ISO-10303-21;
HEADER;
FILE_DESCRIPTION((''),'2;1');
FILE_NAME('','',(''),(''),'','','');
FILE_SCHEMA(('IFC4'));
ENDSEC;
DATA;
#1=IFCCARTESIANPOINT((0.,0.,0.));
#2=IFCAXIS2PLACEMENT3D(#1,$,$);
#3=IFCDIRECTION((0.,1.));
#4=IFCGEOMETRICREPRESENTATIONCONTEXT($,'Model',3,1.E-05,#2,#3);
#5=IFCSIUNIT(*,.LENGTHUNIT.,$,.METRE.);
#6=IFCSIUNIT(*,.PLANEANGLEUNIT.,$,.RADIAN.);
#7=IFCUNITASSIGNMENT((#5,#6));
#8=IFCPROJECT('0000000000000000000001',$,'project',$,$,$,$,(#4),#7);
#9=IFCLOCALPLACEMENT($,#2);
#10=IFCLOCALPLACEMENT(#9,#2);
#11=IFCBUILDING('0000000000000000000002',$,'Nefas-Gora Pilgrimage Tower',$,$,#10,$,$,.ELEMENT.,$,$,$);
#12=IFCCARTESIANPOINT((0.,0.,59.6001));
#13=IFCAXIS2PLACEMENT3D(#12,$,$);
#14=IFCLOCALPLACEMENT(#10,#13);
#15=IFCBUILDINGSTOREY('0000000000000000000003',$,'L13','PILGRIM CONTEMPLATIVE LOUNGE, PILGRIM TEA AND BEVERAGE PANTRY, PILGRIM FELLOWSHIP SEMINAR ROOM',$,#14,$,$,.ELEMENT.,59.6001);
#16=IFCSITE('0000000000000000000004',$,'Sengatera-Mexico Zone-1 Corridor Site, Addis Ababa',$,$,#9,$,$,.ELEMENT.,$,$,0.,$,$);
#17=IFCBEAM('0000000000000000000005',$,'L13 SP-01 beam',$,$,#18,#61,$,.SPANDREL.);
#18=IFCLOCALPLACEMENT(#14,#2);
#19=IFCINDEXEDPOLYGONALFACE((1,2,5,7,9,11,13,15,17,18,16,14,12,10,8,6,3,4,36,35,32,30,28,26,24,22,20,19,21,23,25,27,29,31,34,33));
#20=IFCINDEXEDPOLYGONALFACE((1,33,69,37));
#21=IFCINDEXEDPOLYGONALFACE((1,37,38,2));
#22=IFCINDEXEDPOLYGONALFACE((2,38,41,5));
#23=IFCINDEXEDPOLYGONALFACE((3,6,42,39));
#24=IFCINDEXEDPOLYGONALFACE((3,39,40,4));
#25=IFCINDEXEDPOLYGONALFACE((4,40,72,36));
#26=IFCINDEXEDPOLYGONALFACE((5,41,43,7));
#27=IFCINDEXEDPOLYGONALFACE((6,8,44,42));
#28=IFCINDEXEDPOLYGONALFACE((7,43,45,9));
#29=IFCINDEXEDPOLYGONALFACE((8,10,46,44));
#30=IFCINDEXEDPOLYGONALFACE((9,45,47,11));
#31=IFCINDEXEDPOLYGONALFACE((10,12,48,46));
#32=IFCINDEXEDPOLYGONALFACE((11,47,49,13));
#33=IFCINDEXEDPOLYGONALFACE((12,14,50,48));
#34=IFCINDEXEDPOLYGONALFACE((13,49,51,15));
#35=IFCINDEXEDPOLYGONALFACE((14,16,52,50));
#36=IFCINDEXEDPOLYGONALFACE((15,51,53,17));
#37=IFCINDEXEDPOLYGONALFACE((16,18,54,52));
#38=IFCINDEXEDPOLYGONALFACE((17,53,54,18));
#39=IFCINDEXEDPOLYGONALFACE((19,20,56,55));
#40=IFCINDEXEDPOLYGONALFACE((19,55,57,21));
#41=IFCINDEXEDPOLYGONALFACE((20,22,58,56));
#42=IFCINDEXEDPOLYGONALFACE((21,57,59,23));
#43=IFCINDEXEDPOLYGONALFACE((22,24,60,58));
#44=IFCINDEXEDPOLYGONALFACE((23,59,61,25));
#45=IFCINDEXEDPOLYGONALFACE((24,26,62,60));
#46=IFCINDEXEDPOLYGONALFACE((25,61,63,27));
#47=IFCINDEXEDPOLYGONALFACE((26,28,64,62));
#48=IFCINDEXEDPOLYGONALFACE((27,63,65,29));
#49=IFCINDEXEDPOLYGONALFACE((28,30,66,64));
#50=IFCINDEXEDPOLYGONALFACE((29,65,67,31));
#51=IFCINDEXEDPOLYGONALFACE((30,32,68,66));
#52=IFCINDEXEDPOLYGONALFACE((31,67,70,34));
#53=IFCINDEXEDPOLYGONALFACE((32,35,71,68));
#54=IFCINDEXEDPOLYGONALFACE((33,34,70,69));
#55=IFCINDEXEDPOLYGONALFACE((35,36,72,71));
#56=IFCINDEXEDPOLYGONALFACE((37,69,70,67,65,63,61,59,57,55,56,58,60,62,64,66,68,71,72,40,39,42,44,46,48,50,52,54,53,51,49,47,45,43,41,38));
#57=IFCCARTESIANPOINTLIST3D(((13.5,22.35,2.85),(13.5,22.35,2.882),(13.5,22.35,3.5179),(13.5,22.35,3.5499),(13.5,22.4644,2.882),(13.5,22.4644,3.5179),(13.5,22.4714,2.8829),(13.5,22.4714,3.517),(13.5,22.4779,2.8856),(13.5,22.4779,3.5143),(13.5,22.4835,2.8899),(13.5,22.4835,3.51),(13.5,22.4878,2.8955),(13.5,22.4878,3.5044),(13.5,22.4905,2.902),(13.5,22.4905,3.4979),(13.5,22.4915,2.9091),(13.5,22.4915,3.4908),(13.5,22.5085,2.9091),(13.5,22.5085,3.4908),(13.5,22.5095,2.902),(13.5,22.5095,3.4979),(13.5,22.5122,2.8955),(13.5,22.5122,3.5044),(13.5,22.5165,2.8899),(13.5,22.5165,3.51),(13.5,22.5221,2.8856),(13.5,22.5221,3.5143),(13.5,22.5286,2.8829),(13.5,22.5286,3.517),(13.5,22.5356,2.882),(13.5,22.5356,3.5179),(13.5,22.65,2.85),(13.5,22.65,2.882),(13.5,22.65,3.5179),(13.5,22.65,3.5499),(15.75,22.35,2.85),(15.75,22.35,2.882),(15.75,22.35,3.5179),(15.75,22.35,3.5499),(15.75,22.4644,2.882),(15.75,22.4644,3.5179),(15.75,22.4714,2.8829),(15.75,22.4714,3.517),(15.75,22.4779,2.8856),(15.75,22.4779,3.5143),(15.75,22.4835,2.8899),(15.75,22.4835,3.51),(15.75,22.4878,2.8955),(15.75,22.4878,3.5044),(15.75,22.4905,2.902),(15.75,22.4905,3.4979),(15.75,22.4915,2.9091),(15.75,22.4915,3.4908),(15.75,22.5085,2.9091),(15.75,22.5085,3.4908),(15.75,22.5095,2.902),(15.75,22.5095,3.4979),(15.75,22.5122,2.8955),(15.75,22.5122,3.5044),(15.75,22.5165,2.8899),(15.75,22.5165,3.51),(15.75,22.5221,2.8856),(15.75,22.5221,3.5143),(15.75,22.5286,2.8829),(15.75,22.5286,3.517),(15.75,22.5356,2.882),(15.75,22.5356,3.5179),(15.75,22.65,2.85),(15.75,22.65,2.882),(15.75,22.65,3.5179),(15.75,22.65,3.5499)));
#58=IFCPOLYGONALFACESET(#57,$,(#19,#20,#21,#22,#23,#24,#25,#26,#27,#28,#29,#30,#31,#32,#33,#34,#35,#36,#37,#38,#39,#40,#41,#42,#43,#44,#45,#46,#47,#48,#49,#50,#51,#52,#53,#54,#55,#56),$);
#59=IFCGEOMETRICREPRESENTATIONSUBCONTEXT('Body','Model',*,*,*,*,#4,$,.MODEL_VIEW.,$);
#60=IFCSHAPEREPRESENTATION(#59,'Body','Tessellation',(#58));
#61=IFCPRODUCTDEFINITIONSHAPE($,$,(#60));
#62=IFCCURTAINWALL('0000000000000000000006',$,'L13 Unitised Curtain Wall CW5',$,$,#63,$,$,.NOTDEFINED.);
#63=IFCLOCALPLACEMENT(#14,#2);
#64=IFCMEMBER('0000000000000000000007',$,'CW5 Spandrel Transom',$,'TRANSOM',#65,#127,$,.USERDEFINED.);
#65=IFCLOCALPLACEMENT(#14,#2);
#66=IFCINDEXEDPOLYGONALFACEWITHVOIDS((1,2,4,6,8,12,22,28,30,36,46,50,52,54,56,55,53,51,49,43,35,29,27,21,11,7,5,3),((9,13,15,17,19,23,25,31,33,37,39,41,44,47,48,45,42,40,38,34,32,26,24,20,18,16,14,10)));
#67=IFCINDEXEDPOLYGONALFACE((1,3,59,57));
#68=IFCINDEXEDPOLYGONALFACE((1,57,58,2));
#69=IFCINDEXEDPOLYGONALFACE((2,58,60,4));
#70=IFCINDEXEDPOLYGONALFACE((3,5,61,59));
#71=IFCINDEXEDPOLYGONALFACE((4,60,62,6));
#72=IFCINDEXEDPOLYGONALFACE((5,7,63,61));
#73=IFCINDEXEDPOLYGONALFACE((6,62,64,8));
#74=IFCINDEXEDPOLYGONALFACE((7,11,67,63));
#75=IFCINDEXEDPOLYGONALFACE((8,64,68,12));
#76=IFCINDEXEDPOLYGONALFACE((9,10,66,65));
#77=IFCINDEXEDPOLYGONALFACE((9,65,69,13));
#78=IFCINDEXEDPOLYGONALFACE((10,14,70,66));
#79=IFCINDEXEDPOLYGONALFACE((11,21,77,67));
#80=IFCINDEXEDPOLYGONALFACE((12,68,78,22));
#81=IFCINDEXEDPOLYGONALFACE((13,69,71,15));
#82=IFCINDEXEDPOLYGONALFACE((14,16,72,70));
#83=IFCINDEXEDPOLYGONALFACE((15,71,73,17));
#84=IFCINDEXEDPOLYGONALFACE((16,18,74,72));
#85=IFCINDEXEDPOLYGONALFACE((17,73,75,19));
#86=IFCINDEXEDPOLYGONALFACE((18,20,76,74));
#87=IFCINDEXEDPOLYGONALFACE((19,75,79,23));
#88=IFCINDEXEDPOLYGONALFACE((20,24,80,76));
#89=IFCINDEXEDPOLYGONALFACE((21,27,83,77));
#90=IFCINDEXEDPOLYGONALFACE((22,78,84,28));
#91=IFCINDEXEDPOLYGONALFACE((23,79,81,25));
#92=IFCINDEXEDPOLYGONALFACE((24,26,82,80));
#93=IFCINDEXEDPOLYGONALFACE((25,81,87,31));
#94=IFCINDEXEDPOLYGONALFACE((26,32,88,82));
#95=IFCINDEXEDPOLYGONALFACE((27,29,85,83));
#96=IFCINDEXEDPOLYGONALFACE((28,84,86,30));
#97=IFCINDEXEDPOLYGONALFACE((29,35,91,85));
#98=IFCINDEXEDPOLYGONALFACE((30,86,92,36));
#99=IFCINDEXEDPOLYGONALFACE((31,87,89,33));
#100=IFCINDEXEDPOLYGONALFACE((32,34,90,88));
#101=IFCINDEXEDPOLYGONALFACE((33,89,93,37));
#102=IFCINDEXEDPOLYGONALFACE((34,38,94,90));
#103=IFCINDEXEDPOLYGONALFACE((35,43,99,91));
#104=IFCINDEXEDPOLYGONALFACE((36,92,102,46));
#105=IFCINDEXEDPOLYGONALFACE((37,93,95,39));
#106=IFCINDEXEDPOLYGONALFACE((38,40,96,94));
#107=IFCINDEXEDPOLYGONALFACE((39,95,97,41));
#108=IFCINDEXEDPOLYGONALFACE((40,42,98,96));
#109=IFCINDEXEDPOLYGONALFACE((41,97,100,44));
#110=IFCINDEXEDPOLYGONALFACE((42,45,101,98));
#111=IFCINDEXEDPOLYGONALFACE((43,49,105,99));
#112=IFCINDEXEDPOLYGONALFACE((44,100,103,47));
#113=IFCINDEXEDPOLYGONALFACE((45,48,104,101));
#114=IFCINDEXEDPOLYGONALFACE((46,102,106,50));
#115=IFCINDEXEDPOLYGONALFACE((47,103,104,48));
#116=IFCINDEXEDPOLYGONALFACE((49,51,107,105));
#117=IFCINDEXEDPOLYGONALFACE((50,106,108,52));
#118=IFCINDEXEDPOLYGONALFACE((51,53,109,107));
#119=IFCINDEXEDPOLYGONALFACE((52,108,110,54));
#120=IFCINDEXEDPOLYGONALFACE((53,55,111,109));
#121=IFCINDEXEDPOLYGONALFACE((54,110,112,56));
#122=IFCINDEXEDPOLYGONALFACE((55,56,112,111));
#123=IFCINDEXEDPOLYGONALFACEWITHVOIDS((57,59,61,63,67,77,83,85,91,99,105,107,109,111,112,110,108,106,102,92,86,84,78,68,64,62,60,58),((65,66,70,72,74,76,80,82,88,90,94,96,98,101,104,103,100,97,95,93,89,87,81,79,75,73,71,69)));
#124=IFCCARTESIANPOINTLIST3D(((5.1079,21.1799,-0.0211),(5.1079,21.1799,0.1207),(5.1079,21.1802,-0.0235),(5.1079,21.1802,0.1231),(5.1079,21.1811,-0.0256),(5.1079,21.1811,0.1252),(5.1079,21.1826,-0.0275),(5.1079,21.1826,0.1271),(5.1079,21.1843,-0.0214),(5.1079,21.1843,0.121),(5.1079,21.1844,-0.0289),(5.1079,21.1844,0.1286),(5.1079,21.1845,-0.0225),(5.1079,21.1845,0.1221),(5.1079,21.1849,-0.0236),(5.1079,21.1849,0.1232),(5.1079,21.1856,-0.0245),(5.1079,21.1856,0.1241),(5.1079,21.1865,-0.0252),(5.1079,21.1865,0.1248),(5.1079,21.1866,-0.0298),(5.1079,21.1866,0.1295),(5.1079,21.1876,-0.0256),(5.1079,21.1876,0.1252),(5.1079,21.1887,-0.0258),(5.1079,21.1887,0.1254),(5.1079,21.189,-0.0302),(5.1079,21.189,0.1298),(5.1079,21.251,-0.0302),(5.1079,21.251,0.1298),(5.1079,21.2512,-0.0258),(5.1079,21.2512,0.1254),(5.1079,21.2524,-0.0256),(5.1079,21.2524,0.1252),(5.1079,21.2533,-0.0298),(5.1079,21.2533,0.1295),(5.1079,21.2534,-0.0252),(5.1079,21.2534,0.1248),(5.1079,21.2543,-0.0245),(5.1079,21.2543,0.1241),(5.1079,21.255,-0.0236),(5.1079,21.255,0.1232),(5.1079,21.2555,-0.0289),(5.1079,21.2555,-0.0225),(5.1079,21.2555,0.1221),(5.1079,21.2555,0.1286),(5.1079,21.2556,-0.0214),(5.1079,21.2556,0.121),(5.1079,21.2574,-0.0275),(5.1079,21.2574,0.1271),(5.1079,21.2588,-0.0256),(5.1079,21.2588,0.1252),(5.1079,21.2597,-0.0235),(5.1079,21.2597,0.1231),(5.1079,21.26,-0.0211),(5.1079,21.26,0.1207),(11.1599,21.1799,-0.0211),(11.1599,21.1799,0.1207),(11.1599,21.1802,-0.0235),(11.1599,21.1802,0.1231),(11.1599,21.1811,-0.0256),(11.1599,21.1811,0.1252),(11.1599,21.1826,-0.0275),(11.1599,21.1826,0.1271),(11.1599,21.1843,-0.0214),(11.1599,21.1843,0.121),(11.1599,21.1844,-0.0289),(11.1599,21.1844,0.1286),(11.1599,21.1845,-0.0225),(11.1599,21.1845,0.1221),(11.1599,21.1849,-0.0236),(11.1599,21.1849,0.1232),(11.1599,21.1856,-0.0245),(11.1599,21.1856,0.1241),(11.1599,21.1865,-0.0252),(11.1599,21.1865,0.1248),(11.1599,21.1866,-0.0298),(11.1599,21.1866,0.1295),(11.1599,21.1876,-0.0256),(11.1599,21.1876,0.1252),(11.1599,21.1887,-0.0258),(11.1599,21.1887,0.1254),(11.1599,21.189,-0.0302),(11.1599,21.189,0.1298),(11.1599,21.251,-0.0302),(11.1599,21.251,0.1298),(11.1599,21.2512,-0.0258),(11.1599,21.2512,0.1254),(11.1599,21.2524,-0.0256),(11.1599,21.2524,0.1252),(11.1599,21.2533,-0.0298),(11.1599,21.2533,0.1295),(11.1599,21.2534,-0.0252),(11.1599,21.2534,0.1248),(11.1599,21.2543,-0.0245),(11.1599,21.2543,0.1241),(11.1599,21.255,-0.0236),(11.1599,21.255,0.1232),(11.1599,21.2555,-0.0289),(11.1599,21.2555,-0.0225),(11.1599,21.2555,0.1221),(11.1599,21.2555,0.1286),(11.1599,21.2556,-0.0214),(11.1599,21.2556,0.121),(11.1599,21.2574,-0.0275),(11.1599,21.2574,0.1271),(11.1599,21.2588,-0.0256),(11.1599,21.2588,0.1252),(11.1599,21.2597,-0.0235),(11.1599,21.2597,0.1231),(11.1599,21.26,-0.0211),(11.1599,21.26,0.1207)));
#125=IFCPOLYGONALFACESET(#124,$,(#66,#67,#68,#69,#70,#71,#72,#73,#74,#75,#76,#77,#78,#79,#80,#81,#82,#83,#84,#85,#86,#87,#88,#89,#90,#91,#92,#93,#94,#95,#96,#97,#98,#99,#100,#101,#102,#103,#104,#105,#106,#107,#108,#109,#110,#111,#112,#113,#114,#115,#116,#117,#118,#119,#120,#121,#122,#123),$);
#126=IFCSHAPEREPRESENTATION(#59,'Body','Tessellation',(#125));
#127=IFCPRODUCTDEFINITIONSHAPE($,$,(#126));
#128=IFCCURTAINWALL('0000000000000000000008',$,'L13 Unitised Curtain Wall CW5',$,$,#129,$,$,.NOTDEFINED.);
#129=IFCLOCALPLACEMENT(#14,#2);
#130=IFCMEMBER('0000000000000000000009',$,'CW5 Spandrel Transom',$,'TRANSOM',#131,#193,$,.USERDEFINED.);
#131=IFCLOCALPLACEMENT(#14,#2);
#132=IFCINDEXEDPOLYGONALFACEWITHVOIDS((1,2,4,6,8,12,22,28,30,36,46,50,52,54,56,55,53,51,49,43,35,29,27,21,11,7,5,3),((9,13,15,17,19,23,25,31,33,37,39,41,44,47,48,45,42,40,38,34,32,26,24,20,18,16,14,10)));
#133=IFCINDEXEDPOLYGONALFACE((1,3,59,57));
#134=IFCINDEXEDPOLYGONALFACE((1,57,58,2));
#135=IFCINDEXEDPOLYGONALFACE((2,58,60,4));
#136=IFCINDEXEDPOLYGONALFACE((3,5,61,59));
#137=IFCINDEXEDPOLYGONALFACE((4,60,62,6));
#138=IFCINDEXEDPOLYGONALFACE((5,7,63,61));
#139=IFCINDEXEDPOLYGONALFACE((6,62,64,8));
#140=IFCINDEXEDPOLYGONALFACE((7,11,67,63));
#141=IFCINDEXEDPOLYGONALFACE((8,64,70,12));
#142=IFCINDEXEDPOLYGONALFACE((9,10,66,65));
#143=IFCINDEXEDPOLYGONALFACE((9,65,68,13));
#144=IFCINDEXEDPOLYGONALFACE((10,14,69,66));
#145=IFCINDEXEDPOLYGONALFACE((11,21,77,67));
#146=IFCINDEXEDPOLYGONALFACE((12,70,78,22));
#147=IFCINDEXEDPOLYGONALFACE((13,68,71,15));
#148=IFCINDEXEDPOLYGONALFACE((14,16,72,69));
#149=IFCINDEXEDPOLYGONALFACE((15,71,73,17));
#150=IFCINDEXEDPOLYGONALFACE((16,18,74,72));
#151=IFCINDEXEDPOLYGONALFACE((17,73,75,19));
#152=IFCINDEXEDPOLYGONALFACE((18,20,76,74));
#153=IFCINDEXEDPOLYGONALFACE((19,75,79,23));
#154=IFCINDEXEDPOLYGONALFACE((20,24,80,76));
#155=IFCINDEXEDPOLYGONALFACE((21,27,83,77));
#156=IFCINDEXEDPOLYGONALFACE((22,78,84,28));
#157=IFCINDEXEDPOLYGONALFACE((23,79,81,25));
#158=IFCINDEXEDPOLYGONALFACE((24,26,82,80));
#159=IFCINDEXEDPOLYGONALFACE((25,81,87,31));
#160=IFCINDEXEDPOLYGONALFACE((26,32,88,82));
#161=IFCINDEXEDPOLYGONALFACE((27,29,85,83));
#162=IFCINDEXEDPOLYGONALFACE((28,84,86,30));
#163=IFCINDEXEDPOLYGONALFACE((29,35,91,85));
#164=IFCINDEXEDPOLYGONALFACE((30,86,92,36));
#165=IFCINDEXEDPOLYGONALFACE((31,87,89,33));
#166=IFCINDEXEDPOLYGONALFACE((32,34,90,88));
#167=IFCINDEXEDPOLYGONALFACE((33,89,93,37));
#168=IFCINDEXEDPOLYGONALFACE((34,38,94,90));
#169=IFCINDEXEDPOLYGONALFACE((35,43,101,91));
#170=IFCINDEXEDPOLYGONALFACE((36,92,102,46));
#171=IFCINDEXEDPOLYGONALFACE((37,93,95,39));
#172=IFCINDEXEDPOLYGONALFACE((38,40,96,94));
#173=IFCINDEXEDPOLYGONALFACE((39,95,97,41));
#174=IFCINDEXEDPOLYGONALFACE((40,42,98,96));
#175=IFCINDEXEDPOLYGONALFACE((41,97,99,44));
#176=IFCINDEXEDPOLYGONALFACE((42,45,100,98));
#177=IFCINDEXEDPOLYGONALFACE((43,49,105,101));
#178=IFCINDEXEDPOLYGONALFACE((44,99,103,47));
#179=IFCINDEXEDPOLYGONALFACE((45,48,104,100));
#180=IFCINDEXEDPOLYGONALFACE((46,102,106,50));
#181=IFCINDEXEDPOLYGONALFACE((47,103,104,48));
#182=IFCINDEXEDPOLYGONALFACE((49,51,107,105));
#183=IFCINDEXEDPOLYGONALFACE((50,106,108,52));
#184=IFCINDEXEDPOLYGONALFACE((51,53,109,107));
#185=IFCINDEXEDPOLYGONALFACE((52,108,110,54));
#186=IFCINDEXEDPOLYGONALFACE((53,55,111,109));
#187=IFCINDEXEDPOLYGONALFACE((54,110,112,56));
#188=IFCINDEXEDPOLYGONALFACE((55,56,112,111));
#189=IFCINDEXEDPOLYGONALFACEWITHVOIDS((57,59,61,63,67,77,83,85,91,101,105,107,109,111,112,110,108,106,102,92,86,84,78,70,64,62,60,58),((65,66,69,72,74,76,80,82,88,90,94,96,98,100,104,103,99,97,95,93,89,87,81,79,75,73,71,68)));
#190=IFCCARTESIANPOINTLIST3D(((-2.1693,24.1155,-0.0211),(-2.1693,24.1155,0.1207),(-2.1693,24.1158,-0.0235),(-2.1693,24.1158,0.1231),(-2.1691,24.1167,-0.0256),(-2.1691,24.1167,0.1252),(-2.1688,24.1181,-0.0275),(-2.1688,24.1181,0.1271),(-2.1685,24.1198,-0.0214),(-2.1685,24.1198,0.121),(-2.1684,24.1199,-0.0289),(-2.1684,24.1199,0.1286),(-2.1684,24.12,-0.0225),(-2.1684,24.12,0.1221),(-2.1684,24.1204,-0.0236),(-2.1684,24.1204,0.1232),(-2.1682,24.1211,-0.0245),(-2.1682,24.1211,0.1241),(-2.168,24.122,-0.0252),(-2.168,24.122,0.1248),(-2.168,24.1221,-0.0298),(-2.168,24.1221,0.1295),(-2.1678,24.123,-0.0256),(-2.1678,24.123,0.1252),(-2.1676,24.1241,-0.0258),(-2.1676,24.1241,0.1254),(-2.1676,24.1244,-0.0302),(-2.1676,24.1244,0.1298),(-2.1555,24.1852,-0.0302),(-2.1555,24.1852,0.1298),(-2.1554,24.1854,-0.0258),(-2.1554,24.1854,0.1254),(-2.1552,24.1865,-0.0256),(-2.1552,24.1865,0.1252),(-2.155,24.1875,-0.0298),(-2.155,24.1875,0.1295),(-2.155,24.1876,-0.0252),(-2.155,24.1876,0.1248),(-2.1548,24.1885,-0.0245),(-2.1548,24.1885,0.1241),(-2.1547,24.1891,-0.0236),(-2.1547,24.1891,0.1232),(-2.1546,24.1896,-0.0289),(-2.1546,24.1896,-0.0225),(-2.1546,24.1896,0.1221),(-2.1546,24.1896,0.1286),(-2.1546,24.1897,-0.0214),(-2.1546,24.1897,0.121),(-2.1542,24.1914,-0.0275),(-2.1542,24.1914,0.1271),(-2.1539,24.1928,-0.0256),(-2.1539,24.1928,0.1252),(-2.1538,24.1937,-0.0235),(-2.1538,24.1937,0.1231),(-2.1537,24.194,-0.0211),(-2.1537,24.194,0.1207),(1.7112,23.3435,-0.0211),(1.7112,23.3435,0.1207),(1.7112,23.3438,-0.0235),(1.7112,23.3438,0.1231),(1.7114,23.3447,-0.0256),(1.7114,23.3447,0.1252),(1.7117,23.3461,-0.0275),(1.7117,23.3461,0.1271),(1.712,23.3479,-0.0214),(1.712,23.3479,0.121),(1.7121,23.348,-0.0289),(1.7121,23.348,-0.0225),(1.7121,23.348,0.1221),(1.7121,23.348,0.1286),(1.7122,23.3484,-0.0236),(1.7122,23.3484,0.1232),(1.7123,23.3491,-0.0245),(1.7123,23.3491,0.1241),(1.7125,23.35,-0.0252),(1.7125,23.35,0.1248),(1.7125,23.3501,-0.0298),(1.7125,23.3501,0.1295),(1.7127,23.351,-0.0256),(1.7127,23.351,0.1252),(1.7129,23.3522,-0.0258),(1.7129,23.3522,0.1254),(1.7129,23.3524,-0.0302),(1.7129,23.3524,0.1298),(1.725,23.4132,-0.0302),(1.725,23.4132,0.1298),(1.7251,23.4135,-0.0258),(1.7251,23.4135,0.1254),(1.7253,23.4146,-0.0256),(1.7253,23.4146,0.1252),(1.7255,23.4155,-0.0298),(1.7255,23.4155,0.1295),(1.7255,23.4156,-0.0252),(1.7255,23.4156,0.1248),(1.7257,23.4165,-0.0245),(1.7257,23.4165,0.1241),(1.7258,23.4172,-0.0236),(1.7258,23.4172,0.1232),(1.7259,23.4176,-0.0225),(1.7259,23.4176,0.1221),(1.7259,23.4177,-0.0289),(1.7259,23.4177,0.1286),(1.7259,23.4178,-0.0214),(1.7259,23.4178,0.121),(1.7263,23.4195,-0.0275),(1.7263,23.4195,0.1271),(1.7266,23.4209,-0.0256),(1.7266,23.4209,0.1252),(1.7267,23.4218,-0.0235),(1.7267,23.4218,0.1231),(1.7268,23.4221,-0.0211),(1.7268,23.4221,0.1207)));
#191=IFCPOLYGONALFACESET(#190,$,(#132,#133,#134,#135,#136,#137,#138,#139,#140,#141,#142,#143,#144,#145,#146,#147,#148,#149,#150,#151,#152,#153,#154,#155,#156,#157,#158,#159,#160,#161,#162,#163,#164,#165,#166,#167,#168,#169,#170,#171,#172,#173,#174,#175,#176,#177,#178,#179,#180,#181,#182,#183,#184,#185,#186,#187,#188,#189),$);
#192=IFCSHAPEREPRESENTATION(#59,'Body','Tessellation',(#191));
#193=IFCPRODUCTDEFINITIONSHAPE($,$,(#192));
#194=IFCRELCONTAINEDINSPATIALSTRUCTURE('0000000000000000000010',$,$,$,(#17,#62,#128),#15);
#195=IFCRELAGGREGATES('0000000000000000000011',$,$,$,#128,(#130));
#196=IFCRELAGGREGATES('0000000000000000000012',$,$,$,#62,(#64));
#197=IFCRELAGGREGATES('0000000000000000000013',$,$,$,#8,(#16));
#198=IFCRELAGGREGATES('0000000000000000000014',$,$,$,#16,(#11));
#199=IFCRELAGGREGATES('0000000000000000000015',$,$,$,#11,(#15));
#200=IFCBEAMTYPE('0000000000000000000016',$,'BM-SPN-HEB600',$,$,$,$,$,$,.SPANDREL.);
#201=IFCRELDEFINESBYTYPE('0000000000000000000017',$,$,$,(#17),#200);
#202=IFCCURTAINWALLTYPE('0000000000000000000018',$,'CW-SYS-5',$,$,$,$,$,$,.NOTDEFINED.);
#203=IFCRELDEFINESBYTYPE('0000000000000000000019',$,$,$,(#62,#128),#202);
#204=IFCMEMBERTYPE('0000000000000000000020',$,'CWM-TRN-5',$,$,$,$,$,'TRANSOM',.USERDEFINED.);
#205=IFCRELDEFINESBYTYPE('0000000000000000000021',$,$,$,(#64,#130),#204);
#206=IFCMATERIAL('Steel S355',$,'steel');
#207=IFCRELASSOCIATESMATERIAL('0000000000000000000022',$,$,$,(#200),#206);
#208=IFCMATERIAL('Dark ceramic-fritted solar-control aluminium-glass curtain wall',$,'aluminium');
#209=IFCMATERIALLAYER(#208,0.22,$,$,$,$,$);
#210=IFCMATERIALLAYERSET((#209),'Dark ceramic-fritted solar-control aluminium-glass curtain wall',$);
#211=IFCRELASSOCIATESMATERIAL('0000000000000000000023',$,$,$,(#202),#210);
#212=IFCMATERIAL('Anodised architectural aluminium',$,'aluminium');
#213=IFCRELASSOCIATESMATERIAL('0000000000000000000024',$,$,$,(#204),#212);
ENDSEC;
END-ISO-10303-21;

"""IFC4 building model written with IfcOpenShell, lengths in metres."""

from ifc_helpers import new_model, si_unit, direction, frame, origin, origin_2d, place, context, subcontext, project, spatial, hollow_rectangle, i_section, extrude, source, transform, mapped, material, layer, layer_set, material_profile, profile_set, type_object, element, aggregate, save


model = new_model("IFC4")

# Units and contexts
model_context = context("Model", 3, precision=1e-05, world=origin(), true_north=direction((0.0, 1.0)))
body_context = subcontext(model_context, "Body", "Model", "MODEL_VIEW")
ifc_project = project(units=[si_unit("LENGTHUNIT", "METRE"), si_unit("PLANEANGLEUNIT", "RADIAN")], contexts=[model_context])

# Site, building, storey
site_placement = place(None, origin())
site = spatial("IfcSite", under=ifc_project, at=site_placement, Name="Sengatera-Mexico Zone-1 Corridor Site, Addis Ababa", CompositionType="ELEMENT", RefElevation=0.0)
building_placement = place(site_placement, origin())
building = spatial("IfcBuilding", under=site, at=building_placement, Name="Nefas-Gora Pilgrimage Tower", CompositionType="ELEMENT")
storey_placement = place(building_placement, frame((0.0, 0.0, 59.6001)))
storey = spatial("IfcBuildingStorey", under=building, at=storey_placement, Name="L13", Description="PILGRIM CONTEMPLATIVE LOUNGE, PILGRIM TEA AND BEVERAGE PANTRY, PILGRIM FELLOWSHIP SEMINAR ROOM", CompositionType="ELEMENT", Elevation=59.6001)

# Beam
ifc_material_1 = material(Name="Steel S355", Category="steel")
ifc_material_profile_1 = material_profile(ifc_material_1, i_section(OverallWidth=0.3, OverallDepth=0.7, WebThickness=0.0171, FlangeThickness=0.032, FilletRadius=0.0271, at=origin_2d()), Name="HEB 700")
ifc_profile_set_1 = profile_set([ifc_material_profile_1], Name="Steel S355")
beam_type_1 = type_object("IfcBeamType", Name="BM-SPN-HEB600", PredefinedType="SPANDREL", material=ifc_profile_set_1)
shared_shape_1 = source(origin(), body_context, "Body", "SweptSolid", [
    extrude(i_section(OverallWidth=0.3, OverallDepth=0.7, WebThickness=0.0171, FlangeThickness=0.032, FilletRadius=0.0271, at=origin_2d()), origin(), (0.0, 0.0, 1.0), 2.25),
])
beam_1_placement = place(storey_placement, frame((13.5, 22.5, 3.2), z_axis=(1.0, 0.0, 0.0), x_axis=(0.0, 1.0, 0.0)))
element("IfcBeam", 1, at=beam_1_placement, inside=storey, type_object=beam_type_1, Name="L13 SP-01 beam", PredefinedType="SPANDREL", context=body_context, shape_type="MappedRepresentation", body=[
    mapped(shared_shape_1, transform((0.0, 0.0, 0.0), x_axis=(1.0, 0.0, 0.0), y_axis=(0.0, 1.0, 0.0), z_axis=(0.0, 0.0, 1.0), scale=1.0)),
])

# Curtain walls, members
ifc_material_2 = material(Name="Dark ceramic-fritted solar-control aluminium-glass curtain wall", Category="aluminium")
ifc_layer_1 = layer(ifc_material_2, 0.22)
ifc_layer_set_1 = layer_set([ifc_layer_1], Name="Dark ceramic-fritted solar-control aluminium-glass curtain wall")
curtain_wall_type_1 = type_object("IfcCurtainWallType", Name="CW-SYS-5", PredefinedType="NOTDEFINED", material=ifc_layer_set_1)
curtain_wall_1_placement = place(storey_placement, origin())
curtain_wall_1 = element("IfcCurtainWall", 2, at=curtain_wall_1_placement, inside=storey, type_object=curtain_wall_type_1, Name="L13 Unitised Curtain Wall CW5", PredefinedType="NOTDEFINED")
ifc_material_3 = material(Name="Anodised architectural aluminium", Category="aluminium")
ifc_material_profile_2 = material_profile(ifc_material_3, hollow_rectangle(XDim=0.0801, YDim=0.1599, WallThickness=0.0044, InnerFilletRadius=0.0044, OuterFilletRadius=0.009, at=origin_2d()), Name="ALU TRANSOM 80x160")
ifc_profile_set_2 = profile_set([ifc_material_profile_2], Name="Anodised architectural aluminium")
member_type_1 = type_object("IfcMemberType", Name="CWM-TRN-5", ElementType="TRANSOM", PredefinedType="USERDEFINED", material=ifc_profile_set_2)
shared_shape_2 = source(origin(), body_context, "Body", "SweptSolid", [
    extrude(hollow_rectangle(XDim=0.0801, YDim=0.1599, WallThickness=0.0044, InnerFilletRadius=0.0044, OuterFilletRadius=0.009, at=origin_2d()), origin(), (0.0, 0.0, 1.0), 6.052),
])
member_1_placement = place(storey_placement, frame((11.1599, 21.22, 0.0498), z_axis=(-1.0, 0.0, 0.0), x_axis=(0.0, -1.0, 0.0)))
member_1 = element("IfcMember", 3, at=member_1_placement, type_object=member_type_1, Name="CW5 Spandrel Transom", ObjectType="TRANSOM", PredefinedType="USERDEFINED", context=body_context, shape_type="MappedRepresentation", body=[
    mapped(shared_shape_2, transform((0.0, 0.0, 0.0), x_axis=(1.0, 0.0, 0.0), y_axis=(0.0, 1.0, 0.0), z_axis=(0.0, 0.0, 1.0), scale=1.0)),
])
curtain_wall_2_placement = place(storey_placement, origin())
curtain_wall_2 = element("IfcCurtainWall", 4, at=curtain_wall_2_placement, inside=storey, type_object=curtain_wall_type_1, Name="L13 Unitised Curtain Wall CW5", PredefinedType="NOTDEFINED")
shared_shape_3 = source(origin(), body_context, "Body", "SweptSolid", [
    extrude(hollow_rectangle(XDim=0.0801, YDim=0.1599, WallThickness=0.0044, InnerFilletRadius=0.0044, OuterFilletRadius=0.009, at=origin_2d()), origin(), (0.0, 0.0, 1.0), 3.9565),
])
member_2_placement = place(storey_placement, frame((1.719, 23.3828, 0.0498), z_axis=(-0.980782, 0.195107, 0.0), x_axis=(-0.195107, -0.980782, 0.0)))
member_2 = element("IfcMember", 5, at=member_2_placement, type_object=member_type_1, Name="CW5 Spandrel Transom", ObjectType="TRANSOM", PredefinedType="USERDEFINED", context=body_context, shape_type="MappedRepresentation", body=[
    mapped(shared_shape_3, transform((0.0, 0.0, 0.0), x_axis=(1.0, 0.0, 0.0), y_axis=(0.0, 1.0, 0.0), z_axis=(0.0, 0.0, 1.0), scale=1.0)),
])

aggregate(curtain_wall_2, [member_2])

aggregate(curtain_wall_1, [member_1])

save(model, "model.ifc")
